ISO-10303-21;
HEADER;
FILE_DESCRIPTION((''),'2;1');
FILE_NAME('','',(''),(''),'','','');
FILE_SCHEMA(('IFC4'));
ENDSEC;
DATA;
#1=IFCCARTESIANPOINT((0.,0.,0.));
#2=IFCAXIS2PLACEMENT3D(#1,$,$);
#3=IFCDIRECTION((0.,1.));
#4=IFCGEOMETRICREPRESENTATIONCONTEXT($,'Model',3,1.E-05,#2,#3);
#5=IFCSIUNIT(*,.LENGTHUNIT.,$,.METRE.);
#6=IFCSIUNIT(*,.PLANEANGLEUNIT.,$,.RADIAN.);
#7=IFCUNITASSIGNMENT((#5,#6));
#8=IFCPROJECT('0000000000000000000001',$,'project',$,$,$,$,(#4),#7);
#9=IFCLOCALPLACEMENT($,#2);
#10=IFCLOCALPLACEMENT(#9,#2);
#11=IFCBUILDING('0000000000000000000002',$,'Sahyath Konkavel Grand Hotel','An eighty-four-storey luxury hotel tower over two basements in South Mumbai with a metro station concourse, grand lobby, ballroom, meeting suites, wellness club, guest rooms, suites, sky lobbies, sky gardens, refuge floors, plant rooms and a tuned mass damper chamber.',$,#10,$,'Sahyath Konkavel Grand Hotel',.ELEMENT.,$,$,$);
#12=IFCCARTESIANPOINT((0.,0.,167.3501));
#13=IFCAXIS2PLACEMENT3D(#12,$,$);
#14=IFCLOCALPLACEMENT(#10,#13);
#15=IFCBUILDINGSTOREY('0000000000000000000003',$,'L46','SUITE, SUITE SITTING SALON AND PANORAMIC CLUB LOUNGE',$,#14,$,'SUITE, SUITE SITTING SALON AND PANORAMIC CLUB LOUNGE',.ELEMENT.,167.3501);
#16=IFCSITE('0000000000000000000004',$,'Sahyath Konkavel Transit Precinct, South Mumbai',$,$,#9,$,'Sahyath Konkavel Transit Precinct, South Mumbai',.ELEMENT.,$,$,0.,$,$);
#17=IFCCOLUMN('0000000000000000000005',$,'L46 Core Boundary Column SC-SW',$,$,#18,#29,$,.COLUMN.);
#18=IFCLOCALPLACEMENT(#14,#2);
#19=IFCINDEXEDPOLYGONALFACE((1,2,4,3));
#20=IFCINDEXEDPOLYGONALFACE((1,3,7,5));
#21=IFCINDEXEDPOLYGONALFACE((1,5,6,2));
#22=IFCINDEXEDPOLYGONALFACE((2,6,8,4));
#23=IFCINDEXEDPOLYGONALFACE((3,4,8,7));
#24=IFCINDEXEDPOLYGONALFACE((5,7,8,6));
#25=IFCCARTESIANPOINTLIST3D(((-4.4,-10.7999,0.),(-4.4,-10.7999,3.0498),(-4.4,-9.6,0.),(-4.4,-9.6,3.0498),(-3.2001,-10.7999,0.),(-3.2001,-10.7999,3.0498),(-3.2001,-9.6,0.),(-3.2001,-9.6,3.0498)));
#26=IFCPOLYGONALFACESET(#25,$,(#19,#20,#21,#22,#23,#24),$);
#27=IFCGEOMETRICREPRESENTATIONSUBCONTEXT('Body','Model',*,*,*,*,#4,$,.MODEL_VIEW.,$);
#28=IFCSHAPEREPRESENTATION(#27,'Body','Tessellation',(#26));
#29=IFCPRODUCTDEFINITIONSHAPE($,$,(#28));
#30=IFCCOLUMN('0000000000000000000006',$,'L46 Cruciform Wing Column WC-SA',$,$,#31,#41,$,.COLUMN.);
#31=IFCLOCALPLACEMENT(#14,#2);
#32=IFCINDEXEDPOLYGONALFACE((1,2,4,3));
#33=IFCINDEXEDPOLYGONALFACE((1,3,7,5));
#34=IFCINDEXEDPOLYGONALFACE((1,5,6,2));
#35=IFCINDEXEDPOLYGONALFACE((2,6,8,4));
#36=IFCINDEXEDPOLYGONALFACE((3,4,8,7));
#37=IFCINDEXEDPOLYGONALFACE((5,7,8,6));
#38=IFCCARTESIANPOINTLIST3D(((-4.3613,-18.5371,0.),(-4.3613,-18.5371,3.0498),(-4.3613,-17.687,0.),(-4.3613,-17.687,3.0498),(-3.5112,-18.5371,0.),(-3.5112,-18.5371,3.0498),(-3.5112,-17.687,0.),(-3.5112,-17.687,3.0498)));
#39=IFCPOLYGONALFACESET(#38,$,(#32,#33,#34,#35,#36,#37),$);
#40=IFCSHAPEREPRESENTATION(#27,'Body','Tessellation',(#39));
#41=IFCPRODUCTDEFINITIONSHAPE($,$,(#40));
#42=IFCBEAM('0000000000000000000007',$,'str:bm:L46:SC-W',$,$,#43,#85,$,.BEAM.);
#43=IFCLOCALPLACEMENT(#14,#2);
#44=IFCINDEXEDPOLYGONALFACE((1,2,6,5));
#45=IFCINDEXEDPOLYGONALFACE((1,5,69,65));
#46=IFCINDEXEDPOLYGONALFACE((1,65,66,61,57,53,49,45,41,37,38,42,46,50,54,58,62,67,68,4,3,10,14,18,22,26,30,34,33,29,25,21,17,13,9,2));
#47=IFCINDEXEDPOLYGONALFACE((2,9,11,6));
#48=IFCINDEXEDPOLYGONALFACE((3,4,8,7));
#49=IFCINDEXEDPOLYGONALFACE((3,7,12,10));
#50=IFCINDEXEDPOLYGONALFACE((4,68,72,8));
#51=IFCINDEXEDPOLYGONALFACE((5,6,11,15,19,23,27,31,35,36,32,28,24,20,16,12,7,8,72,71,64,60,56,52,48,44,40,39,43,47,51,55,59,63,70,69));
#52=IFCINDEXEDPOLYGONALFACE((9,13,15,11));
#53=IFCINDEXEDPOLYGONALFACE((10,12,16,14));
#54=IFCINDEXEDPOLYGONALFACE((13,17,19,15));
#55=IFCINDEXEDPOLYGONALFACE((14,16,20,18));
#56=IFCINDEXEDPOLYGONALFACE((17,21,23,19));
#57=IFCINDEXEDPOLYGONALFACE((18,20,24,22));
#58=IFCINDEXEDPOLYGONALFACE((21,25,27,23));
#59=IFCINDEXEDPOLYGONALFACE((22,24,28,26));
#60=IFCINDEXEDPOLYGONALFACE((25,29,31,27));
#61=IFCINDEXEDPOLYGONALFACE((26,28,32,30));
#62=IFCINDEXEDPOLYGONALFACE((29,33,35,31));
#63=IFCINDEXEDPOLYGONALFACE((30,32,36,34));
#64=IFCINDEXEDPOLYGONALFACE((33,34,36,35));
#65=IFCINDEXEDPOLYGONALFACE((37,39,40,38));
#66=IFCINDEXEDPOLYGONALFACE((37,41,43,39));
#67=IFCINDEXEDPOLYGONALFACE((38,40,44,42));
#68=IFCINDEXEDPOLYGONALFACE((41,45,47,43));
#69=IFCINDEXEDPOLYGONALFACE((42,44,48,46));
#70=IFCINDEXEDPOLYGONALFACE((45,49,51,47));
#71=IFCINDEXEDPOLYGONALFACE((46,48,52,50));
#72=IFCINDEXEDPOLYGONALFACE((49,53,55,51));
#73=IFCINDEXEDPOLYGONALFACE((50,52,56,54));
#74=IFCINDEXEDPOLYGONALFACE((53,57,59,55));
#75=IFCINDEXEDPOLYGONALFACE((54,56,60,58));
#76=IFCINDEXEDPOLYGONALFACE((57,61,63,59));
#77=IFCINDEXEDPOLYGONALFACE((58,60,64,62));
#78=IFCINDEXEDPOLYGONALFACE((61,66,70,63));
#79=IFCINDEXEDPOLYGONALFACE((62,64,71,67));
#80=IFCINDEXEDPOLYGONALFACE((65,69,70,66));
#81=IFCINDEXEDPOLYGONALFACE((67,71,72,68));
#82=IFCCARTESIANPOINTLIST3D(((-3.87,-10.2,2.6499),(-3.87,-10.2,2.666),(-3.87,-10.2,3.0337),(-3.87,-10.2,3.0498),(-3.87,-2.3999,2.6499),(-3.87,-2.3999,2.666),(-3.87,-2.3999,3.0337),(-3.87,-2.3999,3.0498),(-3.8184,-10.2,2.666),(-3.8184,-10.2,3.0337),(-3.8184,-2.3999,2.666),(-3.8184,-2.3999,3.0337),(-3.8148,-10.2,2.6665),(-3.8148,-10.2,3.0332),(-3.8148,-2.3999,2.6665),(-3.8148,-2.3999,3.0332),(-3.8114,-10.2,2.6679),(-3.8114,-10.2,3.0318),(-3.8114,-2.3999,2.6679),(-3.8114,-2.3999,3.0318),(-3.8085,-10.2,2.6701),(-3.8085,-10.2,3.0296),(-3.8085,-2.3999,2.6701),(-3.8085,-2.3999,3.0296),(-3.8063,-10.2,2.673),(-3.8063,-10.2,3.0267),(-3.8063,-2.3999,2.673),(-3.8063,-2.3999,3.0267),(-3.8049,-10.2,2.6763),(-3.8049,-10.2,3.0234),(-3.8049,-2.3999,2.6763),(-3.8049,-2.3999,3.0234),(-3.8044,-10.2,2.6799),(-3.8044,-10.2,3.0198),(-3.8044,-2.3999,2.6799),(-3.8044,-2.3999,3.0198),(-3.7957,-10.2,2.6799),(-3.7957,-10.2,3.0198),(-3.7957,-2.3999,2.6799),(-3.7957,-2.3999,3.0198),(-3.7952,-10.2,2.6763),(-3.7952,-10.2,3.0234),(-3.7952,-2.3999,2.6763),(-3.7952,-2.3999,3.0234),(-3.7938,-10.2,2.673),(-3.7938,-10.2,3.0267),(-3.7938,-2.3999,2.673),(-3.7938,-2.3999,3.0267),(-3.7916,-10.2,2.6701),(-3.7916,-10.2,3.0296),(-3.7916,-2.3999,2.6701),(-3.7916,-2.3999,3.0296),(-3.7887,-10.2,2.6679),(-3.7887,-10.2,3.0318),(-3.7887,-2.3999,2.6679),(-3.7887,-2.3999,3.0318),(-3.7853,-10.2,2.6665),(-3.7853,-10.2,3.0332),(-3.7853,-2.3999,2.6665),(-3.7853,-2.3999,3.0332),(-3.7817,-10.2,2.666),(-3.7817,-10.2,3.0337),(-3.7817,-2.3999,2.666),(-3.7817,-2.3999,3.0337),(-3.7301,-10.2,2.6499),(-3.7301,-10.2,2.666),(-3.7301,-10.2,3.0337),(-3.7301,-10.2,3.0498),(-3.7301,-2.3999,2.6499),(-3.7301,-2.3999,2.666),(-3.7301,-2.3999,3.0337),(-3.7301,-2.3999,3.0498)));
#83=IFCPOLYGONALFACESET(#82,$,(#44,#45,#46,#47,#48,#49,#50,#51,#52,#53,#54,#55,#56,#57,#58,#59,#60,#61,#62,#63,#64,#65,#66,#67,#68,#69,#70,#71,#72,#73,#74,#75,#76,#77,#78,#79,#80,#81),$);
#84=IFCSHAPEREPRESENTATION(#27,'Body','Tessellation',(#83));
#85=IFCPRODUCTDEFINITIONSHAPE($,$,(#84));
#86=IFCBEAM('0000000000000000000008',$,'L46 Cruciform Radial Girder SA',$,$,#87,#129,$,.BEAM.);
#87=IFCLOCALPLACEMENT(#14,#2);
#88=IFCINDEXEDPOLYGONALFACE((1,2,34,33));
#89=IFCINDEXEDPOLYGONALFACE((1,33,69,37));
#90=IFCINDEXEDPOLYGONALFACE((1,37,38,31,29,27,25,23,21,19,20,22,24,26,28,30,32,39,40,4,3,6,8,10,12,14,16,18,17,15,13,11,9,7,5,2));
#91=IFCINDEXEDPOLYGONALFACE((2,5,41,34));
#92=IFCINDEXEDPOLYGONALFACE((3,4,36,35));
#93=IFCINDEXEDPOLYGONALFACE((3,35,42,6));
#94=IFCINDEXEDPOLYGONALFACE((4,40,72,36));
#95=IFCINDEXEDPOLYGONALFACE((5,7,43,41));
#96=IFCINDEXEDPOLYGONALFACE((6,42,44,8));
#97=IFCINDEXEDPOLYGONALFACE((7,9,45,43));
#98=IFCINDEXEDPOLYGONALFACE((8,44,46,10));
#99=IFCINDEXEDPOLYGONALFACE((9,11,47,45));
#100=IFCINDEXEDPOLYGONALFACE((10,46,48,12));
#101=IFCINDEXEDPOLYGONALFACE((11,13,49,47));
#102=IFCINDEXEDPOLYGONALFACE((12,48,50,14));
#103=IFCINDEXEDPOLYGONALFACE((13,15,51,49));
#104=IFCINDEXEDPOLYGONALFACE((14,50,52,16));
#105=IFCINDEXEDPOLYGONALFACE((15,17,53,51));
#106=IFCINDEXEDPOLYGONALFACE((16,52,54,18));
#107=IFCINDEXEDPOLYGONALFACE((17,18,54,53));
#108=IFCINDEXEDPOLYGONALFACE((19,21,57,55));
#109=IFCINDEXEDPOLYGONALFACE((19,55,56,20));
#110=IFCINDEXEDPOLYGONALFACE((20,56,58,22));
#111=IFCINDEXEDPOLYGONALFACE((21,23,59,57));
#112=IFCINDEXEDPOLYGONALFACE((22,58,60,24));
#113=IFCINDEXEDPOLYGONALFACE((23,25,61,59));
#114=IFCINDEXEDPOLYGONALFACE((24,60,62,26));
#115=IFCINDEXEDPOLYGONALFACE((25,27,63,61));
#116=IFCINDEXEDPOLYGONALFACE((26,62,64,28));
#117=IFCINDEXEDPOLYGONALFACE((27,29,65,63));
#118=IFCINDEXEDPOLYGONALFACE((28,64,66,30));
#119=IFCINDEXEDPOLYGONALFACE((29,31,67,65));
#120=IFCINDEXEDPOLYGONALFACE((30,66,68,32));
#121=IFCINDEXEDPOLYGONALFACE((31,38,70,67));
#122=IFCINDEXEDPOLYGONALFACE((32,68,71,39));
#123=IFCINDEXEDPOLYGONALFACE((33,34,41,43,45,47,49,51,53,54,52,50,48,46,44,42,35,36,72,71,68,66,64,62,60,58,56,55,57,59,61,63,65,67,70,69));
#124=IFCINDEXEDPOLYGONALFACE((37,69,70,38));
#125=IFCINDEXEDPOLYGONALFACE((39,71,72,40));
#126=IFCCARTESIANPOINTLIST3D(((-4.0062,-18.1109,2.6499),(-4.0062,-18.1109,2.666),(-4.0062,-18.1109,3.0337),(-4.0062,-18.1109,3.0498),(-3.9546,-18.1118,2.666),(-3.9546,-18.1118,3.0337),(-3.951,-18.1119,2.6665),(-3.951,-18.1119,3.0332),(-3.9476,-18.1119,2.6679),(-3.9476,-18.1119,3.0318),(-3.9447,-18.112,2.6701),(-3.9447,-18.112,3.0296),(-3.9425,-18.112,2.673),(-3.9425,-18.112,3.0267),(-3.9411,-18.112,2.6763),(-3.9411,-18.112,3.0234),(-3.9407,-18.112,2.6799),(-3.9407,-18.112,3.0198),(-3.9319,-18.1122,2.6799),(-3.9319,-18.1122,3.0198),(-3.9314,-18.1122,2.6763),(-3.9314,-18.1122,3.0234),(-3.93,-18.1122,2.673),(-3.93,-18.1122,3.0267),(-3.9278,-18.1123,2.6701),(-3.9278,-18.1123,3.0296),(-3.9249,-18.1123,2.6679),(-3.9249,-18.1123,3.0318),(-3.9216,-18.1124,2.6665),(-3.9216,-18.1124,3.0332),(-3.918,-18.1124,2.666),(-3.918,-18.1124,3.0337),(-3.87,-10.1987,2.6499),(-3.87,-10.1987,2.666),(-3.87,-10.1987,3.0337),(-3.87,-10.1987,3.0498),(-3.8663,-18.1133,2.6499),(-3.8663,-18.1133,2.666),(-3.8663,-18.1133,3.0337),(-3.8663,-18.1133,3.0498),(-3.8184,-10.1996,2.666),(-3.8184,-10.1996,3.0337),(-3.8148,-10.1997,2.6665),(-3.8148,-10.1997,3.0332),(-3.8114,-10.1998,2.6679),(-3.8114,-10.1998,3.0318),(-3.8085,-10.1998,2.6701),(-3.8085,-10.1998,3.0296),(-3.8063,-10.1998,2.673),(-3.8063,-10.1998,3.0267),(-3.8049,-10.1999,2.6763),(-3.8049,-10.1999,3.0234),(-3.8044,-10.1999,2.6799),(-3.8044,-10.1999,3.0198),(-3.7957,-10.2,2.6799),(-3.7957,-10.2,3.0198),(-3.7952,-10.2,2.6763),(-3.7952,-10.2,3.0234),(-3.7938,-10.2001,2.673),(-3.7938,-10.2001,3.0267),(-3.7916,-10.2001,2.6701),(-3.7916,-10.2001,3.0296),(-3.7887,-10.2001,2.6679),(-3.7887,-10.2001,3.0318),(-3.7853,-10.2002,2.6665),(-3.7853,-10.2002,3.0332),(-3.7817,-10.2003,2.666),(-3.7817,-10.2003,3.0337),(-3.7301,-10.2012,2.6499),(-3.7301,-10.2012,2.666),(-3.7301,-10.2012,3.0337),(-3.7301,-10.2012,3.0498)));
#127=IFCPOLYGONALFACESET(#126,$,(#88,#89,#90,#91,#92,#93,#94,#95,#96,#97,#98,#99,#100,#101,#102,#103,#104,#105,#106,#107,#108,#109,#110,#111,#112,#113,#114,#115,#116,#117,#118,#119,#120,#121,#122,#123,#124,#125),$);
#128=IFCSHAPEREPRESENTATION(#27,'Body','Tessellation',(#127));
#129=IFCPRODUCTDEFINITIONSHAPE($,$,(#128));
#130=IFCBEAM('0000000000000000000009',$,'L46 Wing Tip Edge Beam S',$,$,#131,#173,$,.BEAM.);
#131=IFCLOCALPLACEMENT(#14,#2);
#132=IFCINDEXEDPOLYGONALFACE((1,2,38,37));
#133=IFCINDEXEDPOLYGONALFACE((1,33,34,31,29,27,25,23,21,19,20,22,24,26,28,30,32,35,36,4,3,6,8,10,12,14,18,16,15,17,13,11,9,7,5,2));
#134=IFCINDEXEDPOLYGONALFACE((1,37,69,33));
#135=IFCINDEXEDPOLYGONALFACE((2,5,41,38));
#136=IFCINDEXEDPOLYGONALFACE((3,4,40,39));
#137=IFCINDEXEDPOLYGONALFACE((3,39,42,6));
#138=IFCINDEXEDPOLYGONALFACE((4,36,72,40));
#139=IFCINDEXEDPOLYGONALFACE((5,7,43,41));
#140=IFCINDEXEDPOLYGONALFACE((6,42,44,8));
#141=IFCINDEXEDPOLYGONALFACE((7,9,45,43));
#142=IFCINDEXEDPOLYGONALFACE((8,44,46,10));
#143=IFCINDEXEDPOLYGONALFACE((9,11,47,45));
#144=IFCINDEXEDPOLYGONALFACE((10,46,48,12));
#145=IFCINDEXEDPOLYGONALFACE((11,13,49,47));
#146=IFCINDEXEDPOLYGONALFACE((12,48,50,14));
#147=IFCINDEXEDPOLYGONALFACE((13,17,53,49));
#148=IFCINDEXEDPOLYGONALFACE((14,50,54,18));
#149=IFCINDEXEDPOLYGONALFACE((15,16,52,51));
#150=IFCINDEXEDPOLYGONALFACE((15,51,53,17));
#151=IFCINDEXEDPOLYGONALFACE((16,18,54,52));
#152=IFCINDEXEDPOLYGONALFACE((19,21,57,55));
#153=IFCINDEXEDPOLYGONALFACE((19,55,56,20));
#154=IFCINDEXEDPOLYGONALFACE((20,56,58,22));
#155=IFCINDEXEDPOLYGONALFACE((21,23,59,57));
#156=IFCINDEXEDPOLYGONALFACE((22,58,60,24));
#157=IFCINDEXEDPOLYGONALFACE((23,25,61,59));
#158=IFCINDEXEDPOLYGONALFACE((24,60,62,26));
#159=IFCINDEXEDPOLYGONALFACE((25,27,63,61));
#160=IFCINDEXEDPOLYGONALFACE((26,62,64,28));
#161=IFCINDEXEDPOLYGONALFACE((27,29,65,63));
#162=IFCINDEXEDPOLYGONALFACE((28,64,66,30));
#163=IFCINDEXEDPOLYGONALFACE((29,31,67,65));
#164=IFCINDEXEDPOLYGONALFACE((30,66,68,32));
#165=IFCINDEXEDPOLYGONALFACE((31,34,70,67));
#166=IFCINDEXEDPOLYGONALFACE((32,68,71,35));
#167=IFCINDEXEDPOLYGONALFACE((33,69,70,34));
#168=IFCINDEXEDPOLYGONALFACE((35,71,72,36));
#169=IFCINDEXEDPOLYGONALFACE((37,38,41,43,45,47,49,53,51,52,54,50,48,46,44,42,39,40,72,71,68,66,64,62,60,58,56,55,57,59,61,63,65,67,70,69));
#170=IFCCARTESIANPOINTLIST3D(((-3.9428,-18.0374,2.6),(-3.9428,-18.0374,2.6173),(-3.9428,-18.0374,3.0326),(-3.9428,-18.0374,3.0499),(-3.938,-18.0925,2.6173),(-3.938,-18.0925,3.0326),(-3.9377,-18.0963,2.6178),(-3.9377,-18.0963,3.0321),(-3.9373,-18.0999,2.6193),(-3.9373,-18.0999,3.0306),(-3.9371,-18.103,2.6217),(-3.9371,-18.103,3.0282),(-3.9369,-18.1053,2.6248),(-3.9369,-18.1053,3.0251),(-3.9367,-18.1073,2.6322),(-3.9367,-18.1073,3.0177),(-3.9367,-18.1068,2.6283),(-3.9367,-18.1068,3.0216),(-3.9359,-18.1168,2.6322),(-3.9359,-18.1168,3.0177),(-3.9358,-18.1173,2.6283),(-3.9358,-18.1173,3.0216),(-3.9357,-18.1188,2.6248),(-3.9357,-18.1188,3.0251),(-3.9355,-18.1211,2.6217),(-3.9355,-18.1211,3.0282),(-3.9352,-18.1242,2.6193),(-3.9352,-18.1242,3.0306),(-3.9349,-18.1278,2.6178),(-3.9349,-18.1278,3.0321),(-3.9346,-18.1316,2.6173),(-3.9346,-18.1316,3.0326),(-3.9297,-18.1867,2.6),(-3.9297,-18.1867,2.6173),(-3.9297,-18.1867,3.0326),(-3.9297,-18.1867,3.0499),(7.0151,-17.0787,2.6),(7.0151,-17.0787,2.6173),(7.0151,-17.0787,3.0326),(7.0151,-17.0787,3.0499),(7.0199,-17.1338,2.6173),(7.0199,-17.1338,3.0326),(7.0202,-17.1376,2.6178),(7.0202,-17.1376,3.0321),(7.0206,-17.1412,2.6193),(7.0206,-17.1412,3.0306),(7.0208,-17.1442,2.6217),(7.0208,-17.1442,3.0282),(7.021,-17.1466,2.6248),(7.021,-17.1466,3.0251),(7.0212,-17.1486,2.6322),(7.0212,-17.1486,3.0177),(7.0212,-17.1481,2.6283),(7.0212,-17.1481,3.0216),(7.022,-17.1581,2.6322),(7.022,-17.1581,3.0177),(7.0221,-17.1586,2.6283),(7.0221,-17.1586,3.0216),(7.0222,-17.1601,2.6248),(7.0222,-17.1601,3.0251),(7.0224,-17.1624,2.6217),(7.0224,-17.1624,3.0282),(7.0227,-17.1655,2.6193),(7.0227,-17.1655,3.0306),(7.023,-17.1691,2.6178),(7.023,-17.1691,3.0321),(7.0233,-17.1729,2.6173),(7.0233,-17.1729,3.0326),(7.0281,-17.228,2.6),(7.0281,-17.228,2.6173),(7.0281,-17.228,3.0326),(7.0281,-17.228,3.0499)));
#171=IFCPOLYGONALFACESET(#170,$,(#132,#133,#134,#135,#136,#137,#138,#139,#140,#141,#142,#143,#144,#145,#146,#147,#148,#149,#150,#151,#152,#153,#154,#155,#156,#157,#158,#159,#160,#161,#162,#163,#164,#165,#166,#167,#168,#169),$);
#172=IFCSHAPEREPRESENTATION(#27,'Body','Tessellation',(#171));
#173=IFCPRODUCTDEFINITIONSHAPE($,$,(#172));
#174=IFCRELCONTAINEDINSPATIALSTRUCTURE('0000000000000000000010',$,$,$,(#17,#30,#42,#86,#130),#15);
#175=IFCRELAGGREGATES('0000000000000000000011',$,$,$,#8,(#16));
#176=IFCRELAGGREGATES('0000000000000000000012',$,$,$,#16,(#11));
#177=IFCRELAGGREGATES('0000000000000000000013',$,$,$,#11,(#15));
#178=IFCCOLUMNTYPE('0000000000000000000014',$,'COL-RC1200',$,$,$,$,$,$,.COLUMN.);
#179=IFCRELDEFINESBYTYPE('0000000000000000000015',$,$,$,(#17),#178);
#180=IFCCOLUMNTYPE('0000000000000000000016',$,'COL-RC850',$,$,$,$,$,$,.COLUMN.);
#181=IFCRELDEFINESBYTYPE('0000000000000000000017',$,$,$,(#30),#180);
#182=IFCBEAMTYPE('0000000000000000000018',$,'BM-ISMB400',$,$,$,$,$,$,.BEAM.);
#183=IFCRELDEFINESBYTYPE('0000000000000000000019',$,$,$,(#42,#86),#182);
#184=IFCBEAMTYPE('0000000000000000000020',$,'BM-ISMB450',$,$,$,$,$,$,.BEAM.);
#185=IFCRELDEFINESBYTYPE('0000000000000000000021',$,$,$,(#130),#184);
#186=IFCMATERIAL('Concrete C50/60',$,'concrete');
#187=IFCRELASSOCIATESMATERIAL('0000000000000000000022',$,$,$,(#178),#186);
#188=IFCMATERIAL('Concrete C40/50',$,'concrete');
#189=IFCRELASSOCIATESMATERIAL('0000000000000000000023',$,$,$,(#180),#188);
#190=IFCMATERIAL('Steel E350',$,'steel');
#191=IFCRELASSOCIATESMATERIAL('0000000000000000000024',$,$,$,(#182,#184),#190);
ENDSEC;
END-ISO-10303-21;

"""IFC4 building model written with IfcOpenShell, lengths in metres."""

from ifc_helpers import new_model, si_unit, direction, frame, origin, origin_2d, place, context, subcontext, project, spatial, rectangle, i_section, extrude, source, transform, mapped, material, material_profile, profile_set, type_object, element, save


model = new_model("IFC4")

# Units and contexts
model_context = context("Model", 3, precision=1e-05, world=origin(), true_north=direction((0.0, 1.0)))
body_context = subcontext(model_context, "Body", "Model", "MODEL_VIEW")
ifc_project = project(units=[si_unit("LENGTHUNIT", "METRE"), si_unit("PLANEANGLEUNIT", "RADIAN")], contexts=[model_context])

# Site, building, storey
site_placement = place(None, origin())
site = spatial("IfcSite", under=ifc_project, at=site_placement, Name="Sahyath Konkavel Transit Precinct, South Mumbai", LongName="Sahyath Konkavel Transit Precinct, South Mumbai", CompositionType="ELEMENT", RefElevation=0.0)
building_placement = place(site_placement, origin())
building = spatial("IfcBuilding", under=site, at=building_placement, Name="Sahyath Konkavel Grand Hotel", Description="An eighty-four-storey luxury hotel tower over two basements in South Mumbai with a metro station concourse, grand lobby, ballroom, meeting suites, wellness club, guest rooms, suites, sky lobbies, sky gardens, refuge floors, plant rooms and a tuned mass damper chamber.", LongName="Sahyath Konkavel Grand Hotel", CompositionType="ELEMENT")
storey_placement = place(building_placement, frame((0.0, 0.0, 167.3501)))
storey = spatial("IfcBuildingStorey", under=building, at=storey_placement, Name="L46", Description="SUITE, SUITE SITTING SALON AND PANORAMIC CLUB LOUNGE", LongName="SUITE, SUITE SITTING SALON AND PANORAMIC CLUB LOUNGE", CompositionType="ELEMENT", Elevation=167.3501)

# Columns
ifc_material_1 = material(Name="Concrete C50/60", Category="concrete")
ifc_material_profile_1 = material_profile(ifc_material_1, rectangle(XDim=1.2, YDim=1.2, at=origin_2d()), Name="RC 1200x1200")
ifc_profile_set_1 = profile_set([ifc_material_profile_1], Name="Concrete C50/60")
column_type_1 = type_object("IfcColumnType", Name="COL-RC1200", PredefinedType="COLUMN", material=ifc_profile_set_1)
shared_shape_1 = source(origin(), body_context, "Body", "SweptSolid", [
    extrude(rectangle(XDim=1.2, YDim=1.2, at=origin_2d()), origin(), (0.0, 0.0, 1.0), 3.0498),
])
column_1_placement = place(storey_placement, frame((-3.8, -10.2, 0.0), z_axis=(0.0, 0.0, 1.0), x_axis=(1.0, 0.0, 0.0)))
element("IfcColumn", 1, at=column_1_placement, inside=storey, type_object=column_type_1, Name="L46 Core Boundary Column SC-SW", PredefinedType="COLUMN", context=body_context, shape_type="MappedRepresentation", body=[
    mapped(shared_shape_1, transform((0.0, 0.0, 0.0), scale=1.0)),
])
ifc_material_2 = material(Name="Concrete C40/50", Category="concrete")
ifc_material_profile_2 = material_profile(ifc_material_2, rectangle(XDim=0.8501, YDim=0.8501, at=origin_2d()), Name="RC 850x850")
ifc_profile_set_2 = profile_set([ifc_material_profile_2], Name="Concrete C40/50")
column_type_2 = type_object("IfcColumnType", Name="COL-RC850", PredefinedType="COLUMN", material=ifc_profile_set_2)
shared_shape_2 = source(origin(), body_context, "Body", "SweptSolid", [
    extrude(rectangle(XDim=0.8501, YDim=0.8501, at=origin_2d()), origin(), (0.0, 0.0, 1.0), 3.0498),
])
column_2_placement = place(storey_placement, frame((-3.9363, -18.1121, 0.0), z_axis=(0.0, 0.0, 1.0), x_axis=(1.0, 0.0, 0.0)))
element("IfcColumn", 2, at=column_2_placement, inside=storey, type_object=column_type_2, Name="L46 Cruciform Wing Column WC-SA", PredefinedType="COLUMN", context=body_context, shape_type="MappedRepresentation", body=[
    mapped(shared_shape_2, transform((0.0, 0.0, 0.0), scale=1.0)),
])

# Beams
ifc_material_3 = material(Name="Steel E350", Category="steel")
ifc_material_profile_3 = material_profile(ifc_material_3, i_section(OverallWidth=0.1399, OverallDepth=0.3999, WebThickness=0.0088, FlangeThickness=0.0161, FilletRadius=0.0139, at=origin_2d()), Name="ISMB 400")
ifc_profile_set_3 = profile_set([ifc_material_profile_3], Name="Steel E350")
beam_type_1 = type_object("IfcBeamType", Name="BM-ISMB400", PredefinedType="BEAM", material=ifc_profile_set_3)
shared_shape_3 = source(origin(), body_context, "Body", "SweptSolid", [
    extrude(i_section(OverallWidth=0.1399, OverallDepth=0.3999, WebThickness=0.0088, FlangeThickness=0.0161, FilletRadius=0.0139, at=origin_2d()), origin(), (0.0, 0.0, 1.0), 7.8),
])
beam_1_placement = place(storey_placement, frame((-3.8, -10.2, 2.8499), z_axis=(0.0, 1.0, 0.0), x_axis=(-1.0, 0.0, 0.0)))
element("IfcBeam", 3, at=beam_1_placement, inside=storey, type_object=beam_type_1, Name="str:bm:L46:SC-W", PredefinedType="BEAM", context=body_context, shape_type="MappedRepresentation", body=[
    mapped(shared_shape_3, transform((0.0, 0.0, 0.0), scale=1.0)),
])
shared_shape_4 = source(origin(), body_context, "Body", "SweptSolid", [
    extrude(i_section(OverallWidth=0.1399, OverallDepth=0.3999, WebThickness=0.0088, FlangeThickness=0.0161, FilletRadius=0.0139, at=origin_2d()), origin(), (0.0, 0.0, 1.0), 7.9133),
])
beam_2_placement = place(storey_placement, frame((-3.8, -10.2, 2.8499), z_axis=(-0.017215, -0.999852, 0.0), x_axis=(0.999852, -0.017215, 0.0)))
element("IfcBeam", 4, at=beam_2_placement, inside=storey, type_object=beam_type_1, Name="L46 Cruciform Radial Girder SA", PredefinedType="BEAM", context=body_context, shape_type="MappedRepresentation", body=[
    mapped(shared_shape_4, transform((0.0, 0.0, 0.0), scale=1.0)),
])
ifc_material_profile_4 = material_profile(ifc_material_3, i_section(OverallWidth=0.1499, OverallDepth=0.45, WebThickness=0.0095, FlangeThickness=0.0173, FilletRadius=0.0149, at=origin_2d()), Name="ISMB 450")
ifc_profile_set_4 = profile_set([ifc_material_profile_4], Name="Steel E350")
beam_type_2 = type_object("IfcBeamType", Name="BM-ISMB450", PredefinedType="BEAM", material=ifc_profile_set_4)
shared_shape_5 = source(origin(), body_context, "Body", "SweptSolid", [
    extrude(i_section(OverallWidth=0.1499, OverallDepth=0.45, WebThickness=0.0095, FlangeThickness=0.0173, FilletRadius=0.0149, at=origin_2d()), origin(), (0.0, 0.0, 1.0), 10.9998),
])
beam_3_placement = place(storey_placement, frame((-3.9363, -18.1121, 2.825), z_axis=(0.996194, 0.087159, 0.0), x_axis=(-0.087159, 0.996194, 0.0)))
element("IfcBeam", 5, at=beam_3_placement, inside=storey, type_object=beam_type_2, Name="L46 Wing Tip Edge Beam S", PredefinedType="BEAM", context=body_context, shape_type="MappedRepresentation", body=[
    mapped(shared_shape_5, transform((0.0, 0.0, 0.0), scale=1.0)),
])

save(model, "model.ifc")
